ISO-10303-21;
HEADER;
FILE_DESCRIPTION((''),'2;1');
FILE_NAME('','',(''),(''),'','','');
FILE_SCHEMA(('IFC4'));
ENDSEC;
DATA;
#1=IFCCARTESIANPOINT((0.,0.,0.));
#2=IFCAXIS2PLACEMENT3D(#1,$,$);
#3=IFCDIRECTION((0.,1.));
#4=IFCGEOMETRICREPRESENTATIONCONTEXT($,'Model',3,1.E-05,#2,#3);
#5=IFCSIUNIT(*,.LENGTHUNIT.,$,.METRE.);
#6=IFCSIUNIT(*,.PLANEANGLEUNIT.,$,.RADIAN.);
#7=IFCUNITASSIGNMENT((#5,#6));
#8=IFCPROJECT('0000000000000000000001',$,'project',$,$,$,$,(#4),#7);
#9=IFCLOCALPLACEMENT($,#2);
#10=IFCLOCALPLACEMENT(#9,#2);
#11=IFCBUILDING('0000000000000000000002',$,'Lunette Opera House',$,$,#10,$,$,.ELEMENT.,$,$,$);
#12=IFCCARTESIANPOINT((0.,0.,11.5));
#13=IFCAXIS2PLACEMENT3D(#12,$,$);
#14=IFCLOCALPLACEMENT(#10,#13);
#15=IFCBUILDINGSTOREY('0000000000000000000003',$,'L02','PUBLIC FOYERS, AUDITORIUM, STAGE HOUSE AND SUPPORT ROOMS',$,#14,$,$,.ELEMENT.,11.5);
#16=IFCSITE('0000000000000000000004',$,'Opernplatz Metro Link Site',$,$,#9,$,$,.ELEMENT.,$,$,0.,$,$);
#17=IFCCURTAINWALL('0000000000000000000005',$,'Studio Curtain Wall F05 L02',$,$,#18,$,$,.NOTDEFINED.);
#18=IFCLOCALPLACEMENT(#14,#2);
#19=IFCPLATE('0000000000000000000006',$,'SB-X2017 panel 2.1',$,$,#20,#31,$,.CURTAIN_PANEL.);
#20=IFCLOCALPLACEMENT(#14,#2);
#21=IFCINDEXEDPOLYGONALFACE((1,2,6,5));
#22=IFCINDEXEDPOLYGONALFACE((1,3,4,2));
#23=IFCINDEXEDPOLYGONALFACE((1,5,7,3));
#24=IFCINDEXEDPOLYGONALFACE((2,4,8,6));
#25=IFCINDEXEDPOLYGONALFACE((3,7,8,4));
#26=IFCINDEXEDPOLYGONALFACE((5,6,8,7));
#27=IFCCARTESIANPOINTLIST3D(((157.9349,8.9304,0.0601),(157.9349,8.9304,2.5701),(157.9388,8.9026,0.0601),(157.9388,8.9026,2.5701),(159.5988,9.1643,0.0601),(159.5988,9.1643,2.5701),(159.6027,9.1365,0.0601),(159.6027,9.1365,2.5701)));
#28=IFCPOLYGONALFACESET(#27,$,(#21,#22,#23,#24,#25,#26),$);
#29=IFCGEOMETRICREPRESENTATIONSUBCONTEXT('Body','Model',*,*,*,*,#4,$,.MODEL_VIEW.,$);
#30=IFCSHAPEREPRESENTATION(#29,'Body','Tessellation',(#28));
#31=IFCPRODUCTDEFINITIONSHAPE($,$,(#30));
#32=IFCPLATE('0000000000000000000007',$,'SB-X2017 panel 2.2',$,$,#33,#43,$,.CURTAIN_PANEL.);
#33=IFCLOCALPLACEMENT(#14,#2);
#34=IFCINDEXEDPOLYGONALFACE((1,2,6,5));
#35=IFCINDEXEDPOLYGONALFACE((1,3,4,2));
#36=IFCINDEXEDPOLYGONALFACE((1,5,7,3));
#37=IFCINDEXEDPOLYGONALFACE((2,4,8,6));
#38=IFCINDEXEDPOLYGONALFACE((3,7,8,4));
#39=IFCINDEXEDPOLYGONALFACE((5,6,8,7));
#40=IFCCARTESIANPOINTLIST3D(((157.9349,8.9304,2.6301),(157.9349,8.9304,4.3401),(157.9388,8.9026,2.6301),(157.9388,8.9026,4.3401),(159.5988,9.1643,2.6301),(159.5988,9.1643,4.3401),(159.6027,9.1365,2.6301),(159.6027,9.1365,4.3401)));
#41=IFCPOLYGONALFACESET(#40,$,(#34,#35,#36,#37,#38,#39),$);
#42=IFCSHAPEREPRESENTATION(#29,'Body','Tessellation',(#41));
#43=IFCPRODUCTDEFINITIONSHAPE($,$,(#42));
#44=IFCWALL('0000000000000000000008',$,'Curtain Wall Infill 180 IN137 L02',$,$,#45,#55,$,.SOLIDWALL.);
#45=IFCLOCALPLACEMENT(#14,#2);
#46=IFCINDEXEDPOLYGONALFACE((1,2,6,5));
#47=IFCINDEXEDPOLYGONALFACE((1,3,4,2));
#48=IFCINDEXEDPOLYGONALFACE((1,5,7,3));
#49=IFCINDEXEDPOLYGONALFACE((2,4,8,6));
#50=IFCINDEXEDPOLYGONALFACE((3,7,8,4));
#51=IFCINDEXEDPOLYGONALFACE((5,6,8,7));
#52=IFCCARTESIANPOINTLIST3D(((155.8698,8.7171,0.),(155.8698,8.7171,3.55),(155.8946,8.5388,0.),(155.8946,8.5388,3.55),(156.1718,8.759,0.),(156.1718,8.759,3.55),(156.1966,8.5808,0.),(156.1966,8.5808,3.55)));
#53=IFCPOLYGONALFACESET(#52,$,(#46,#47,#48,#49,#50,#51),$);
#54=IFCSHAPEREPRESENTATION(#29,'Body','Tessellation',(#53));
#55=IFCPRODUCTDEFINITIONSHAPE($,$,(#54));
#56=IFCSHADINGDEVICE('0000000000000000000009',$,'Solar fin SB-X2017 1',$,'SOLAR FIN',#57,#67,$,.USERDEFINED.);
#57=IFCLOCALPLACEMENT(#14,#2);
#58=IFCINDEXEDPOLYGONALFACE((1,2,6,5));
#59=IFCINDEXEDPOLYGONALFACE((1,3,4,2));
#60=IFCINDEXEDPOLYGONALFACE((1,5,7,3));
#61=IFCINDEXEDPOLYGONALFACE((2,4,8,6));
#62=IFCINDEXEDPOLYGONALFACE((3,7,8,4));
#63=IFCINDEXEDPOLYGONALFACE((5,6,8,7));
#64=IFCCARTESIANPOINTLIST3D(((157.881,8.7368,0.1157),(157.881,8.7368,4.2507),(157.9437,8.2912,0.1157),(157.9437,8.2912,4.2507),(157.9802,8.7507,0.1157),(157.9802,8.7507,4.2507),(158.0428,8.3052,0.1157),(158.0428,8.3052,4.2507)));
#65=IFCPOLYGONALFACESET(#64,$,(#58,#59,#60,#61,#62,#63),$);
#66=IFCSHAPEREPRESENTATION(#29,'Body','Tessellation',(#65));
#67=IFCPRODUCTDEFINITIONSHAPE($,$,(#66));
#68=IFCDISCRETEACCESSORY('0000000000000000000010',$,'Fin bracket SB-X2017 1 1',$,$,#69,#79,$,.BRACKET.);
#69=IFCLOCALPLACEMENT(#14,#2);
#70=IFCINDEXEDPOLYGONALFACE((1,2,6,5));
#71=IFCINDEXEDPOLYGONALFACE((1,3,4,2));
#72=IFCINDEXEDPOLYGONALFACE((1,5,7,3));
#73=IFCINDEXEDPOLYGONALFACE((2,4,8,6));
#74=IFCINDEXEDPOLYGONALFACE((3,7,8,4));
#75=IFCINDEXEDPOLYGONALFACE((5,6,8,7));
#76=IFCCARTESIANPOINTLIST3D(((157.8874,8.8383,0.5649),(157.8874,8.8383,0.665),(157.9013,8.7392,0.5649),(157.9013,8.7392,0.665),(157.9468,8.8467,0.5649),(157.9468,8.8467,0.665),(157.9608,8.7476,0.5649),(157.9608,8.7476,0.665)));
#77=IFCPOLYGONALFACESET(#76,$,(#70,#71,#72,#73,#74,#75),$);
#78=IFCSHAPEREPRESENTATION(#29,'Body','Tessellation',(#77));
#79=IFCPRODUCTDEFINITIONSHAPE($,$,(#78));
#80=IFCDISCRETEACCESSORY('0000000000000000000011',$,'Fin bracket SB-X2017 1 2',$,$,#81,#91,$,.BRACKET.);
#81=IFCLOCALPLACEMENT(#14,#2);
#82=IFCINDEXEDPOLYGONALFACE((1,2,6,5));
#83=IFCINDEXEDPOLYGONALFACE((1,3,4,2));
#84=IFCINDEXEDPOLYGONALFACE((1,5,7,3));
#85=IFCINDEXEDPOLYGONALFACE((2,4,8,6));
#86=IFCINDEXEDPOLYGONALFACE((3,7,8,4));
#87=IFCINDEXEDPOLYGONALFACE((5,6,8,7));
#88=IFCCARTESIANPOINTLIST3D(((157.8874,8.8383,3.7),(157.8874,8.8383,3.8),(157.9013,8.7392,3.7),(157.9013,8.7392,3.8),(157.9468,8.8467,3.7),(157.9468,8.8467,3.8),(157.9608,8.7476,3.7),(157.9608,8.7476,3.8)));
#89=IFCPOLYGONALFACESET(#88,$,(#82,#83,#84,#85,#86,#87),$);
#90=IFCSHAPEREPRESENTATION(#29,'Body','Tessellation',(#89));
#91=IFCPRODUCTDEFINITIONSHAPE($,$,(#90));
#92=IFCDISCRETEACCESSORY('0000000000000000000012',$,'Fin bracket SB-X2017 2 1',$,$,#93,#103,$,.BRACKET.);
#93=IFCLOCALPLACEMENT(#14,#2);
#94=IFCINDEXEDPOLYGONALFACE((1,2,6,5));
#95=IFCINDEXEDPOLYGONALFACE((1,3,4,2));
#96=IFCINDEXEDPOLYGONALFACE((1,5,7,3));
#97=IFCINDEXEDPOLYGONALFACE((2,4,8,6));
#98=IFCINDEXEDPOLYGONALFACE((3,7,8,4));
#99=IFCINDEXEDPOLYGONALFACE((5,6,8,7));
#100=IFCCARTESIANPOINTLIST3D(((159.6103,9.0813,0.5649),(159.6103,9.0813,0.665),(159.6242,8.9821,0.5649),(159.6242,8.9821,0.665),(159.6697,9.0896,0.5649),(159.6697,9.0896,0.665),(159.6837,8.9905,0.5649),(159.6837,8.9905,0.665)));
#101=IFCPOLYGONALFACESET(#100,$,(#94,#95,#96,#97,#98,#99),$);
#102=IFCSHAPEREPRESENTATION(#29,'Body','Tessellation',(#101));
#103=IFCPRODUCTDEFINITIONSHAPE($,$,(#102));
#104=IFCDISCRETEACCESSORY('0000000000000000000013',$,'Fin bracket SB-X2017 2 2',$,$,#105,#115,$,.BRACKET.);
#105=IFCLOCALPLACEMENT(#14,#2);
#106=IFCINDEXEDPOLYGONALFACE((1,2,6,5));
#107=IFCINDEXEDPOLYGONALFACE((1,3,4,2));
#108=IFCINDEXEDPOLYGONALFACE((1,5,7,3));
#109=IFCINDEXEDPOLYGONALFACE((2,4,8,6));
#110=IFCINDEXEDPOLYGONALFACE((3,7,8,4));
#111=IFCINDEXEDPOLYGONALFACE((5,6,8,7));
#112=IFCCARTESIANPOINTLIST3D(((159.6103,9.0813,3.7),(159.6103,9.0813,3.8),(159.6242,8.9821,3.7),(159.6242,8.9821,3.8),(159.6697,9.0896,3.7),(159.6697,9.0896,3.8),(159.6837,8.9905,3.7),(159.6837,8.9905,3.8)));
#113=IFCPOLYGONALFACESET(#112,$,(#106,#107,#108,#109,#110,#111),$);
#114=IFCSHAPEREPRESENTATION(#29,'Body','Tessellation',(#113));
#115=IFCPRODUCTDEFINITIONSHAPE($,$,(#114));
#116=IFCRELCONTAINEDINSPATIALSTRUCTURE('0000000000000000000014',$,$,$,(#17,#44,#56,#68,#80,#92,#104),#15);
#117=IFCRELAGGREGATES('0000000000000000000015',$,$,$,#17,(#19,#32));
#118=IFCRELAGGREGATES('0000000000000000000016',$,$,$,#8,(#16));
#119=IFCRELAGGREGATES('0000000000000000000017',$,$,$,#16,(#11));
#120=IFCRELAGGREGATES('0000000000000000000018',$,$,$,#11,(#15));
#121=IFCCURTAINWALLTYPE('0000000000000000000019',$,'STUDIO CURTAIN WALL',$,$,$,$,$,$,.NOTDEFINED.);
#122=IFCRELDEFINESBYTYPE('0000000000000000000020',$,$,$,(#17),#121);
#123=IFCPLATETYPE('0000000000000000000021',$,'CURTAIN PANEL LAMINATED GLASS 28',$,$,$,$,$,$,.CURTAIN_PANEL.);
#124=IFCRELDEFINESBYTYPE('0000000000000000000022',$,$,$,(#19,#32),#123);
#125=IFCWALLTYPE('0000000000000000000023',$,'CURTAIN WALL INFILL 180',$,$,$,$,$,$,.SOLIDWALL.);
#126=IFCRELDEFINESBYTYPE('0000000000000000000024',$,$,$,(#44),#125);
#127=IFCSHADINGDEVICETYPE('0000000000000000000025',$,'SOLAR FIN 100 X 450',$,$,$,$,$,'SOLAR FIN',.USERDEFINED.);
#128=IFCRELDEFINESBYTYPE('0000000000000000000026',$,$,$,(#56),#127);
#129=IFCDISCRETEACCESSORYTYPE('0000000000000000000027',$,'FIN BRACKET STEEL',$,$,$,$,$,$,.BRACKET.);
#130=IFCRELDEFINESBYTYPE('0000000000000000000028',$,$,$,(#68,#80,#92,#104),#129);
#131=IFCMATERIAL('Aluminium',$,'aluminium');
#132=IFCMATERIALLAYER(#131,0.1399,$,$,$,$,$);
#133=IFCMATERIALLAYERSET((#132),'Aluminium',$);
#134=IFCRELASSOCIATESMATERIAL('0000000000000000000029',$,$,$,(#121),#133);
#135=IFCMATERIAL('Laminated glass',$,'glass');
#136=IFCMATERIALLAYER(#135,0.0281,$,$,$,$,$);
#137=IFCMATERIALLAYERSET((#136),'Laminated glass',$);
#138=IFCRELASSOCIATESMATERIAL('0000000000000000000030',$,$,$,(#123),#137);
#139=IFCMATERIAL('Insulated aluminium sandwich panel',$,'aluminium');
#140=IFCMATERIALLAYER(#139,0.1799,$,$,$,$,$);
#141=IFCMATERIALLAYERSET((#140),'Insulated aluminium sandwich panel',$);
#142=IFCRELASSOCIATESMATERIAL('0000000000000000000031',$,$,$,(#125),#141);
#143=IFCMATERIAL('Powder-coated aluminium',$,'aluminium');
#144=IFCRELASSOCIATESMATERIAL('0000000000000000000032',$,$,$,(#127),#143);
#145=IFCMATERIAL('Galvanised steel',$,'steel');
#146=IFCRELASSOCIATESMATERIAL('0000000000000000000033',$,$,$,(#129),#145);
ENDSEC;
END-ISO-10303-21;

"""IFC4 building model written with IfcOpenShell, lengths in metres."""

from ifc_helpers import new_model, si_unit, direction, frame, frame_2d, origin, origin_2d, place, context, subcontext, project, spatial, rectangle, extrude, material, layer, layer_set, type_object, element, aggregate, save


model = new_model("IFC4")

# Units and contexts
model_context = context("Model", 3, precision=1e-05, world=origin(), true_north=direction((0.0, 1.0)))
body_context = subcontext(model_context, "Body", "Model", "MODEL_VIEW")
ifc_project = project(units=[si_unit("LENGTHUNIT", "METRE"), si_unit("PLANEANGLEUNIT", "RADIAN")], contexts=[model_context])

# Site, building, storey
site_placement = place(None, origin())
site = spatial("IfcSite", under=ifc_project, at=site_placement, Name="Opernplatz Metro Link Site", CompositionType="ELEMENT", RefElevation=0.0)
building_placement = place(site_placement, origin())
building = spatial("IfcBuilding", under=site, at=building_placement, Name="Lunette Opera House", CompositionType="ELEMENT")
storey_placement = place(building_placement, frame((0.0, 0.0, 11.5)))
storey = spatial("IfcBuildingStorey", under=building, at=storey_placement, Name="L02", Description="PUBLIC FOYERS, AUDITORIUM, STAGE HOUSE AND SUPPORT ROOMS", CompositionType="ELEMENT", Elevation=11.5)

# Curtain wall, plates
ifc_material_1 = material(Name="Aluminium", Category="aluminium")
ifc_layer_1 = layer(ifc_material_1, 0.1399)
ifc_layer_set_1 = layer_set([ifc_layer_1], Name="Aluminium")
curtain_wall_type = type_object("IfcCurtainWallType", Name="STUDIO CURTAIN WALL", PredefinedType="NOTDEFINED", material=ifc_layer_set_1)
curtain_wall_placement = place(storey_placement, origin())
curtain_wall = element("IfcCurtainWall", 1, at=curtain_wall_placement, inside=storey, type_object=curtain_wall_type, Name="Studio Curtain Wall F05 L02", PredefinedType="NOTDEFINED")
ifc_material_2 = material(Name="Laminated glass", Category="glass")
ifc_layer_2 = layer(ifc_material_2, 0.0281)
ifc_layer_set_2 = layer_set([ifc_layer_2], Name="Laminated glass")
plate_type = type_object("IfcPlateType", Name="CURTAIN PANEL LAMINATED GLASS 28", PredefinedType="CURTAIN_PANEL", material=ifc_layer_set_2)
plate_1_placement = place(storey_placement, frame((158.7688, 9.0334, 0.0601), z_axis=(0.0, 0.0, 1.0), x_axis=(0.990263, 0.139209, 0.0)))
plate_1 = element("IfcPlate", 2, at=plate_1_placement, type_object=plate_type, Name="SB-X2017 panel 2.1", PredefinedType="CURTAIN_PANEL", context=body_context, shape_type="SweptSolid", body=[
    extrude(rectangle(XDim=1.6802, YDim=0.0281, at=origin_2d()), origin(), (0.0, 0.0, 1.0), 2.51),
])
plate_2_placement = place(storey_placement, frame((158.7688, 9.0334, 2.6301), z_axis=(0.0, 0.0, 1.0), x_axis=(0.990263, 0.139209, 0.0)))
plate_2 = element("IfcPlate", 3, at=plate_2_placement, type_object=plate_type, Name="SB-X2017 panel 2.2", PredefinedType="CURTAIN_PANEL", context=body_context, shape_type="SweptSolid", body=[
    extrude(rectangle(XDim=1.6802, YDim=0.0281, at=origin_2d()), origin(), (0.0, 0.0, 1.0), 1.71),
])
aggregate(curtain_wall, [plate_1, plate_2])

# Wall
ifc_material_3 = material(Name="Insulated aluminium sandwich panel", Category="aluminium")
ifc_layer_3 = layer(ifc_material_3, 0.1799)
ifc_layer_set_3 = layer_set([ifc_layer_3], Name="Insulated aluminium sandwich panel")
wall_type = type_object("IfcWallType", Name="CURTAIN WALL INFILL 180", PredefinedType="SOLIDWALL", material=ifc_layer_set_3)
wall_placement = place(storey_placement, frame((156.1841, 8.6699, 0.0), z_axis=(0.0, 0.0, 1.0), x_axis=(-0.990471, -0.137721, 0.0)))
element("IfcWall", 4, at=wall_placement, inside=storey, type_object=wall_type, Name="Curtain Wall Infill 180 IN137 L02", PredefinedType="SOLIDWALL", context=body_context, shape_type="SweptSolid", body=[
    extrude(rectangle(XDim=0.3049, YDim=0.1799, at=frame_2d((0.1523, 0.0))), origin(), (0.0, 0.0, 1.0), 3.55),
])

# Shading device
ifc_material_4 = material(Name="Powder-coated aluminium", Category="aluminium")
shading_device_type = type_object("IfcShadingDeviceType", Name="SOLAR FIN 100 X 450", ElementType="SOLAR FIN", PredefinedType="USERDEFINED", material=ifc_material_4)
shading_device_placement = place(storey_placement, frame((157.9619, 8.521, 0.1157), z_axis=(0.0, 0.0, 1.0), x_axis=(0.139209, -0.990263, 0.0)))
element("IfcShadingDevice", 5, at=shading_device_placement, inside=storey, type_object=shading_device_type, Name="Solar fin SB-X2017 1", ObjectType="SOLAR FIN", PredefinedType="USERDEFINED", context=body_context, shape_type="SweptSolid", body=[
    extrude(rectangle(XDim=0.45, YDim=0.1001, at=origin_2d()), origin(), (0.0, 0.0, 1.0), 4.135),
])

# Discrete accessories
ifc_material_5 = material(Name="Galvanised steel", Category="steel")
discrete_accessory_type = type_object("IfcDiscreteAccessoryType", Name="FIN BRACKET STEEL", PredefinedType="BRACKET", material=ifc_material_5)
for number, where, z_axis, x_axis, name in (
    (6, (157.9241, 8.793, 0.5649), (0.0, 0.0, 1.0), (0.139209, -0.990263, 0.0), "Fin bracket SB-X2017 1 1"),
    (7, (157.9241, 8.793, 3.7), (0.0, 0.0, 1.0), (0.139209, -0.990263, 0.0), "Fin bracket SB-X2017 1 2"),
    (8, (159.647, 9.0359, 0.5649), (0.0, 0.0, 1.0), (0.139209, -0.990263, 0.0), "Fin bracket SB-X2017 2 1"),
    (9, (159.647, 9.0359, 3.7), (0.0, 0.0, 1.0), (0.139209, -0.990263, 0.0), "Fin bracket SB-X2017 2 2"),
):
    element("IfcDiscreteAccessory", number, at=place(storey_placement, frame(where, z_axis=z_axis, x_axis=x_axis)), inside=storey, type_object=discrete_accessory_type, Name=name, PredefinedType="BRACKET", context=body_context, shape_type="SweptSolid", body=[
        extrude(rectangle(XDim=0.1001, YDim=0.0601, at=origin_2d()), origin(), (0.0, 0.0, 1.0), 0.1001),
    ])

save(model, "model.ifc")
